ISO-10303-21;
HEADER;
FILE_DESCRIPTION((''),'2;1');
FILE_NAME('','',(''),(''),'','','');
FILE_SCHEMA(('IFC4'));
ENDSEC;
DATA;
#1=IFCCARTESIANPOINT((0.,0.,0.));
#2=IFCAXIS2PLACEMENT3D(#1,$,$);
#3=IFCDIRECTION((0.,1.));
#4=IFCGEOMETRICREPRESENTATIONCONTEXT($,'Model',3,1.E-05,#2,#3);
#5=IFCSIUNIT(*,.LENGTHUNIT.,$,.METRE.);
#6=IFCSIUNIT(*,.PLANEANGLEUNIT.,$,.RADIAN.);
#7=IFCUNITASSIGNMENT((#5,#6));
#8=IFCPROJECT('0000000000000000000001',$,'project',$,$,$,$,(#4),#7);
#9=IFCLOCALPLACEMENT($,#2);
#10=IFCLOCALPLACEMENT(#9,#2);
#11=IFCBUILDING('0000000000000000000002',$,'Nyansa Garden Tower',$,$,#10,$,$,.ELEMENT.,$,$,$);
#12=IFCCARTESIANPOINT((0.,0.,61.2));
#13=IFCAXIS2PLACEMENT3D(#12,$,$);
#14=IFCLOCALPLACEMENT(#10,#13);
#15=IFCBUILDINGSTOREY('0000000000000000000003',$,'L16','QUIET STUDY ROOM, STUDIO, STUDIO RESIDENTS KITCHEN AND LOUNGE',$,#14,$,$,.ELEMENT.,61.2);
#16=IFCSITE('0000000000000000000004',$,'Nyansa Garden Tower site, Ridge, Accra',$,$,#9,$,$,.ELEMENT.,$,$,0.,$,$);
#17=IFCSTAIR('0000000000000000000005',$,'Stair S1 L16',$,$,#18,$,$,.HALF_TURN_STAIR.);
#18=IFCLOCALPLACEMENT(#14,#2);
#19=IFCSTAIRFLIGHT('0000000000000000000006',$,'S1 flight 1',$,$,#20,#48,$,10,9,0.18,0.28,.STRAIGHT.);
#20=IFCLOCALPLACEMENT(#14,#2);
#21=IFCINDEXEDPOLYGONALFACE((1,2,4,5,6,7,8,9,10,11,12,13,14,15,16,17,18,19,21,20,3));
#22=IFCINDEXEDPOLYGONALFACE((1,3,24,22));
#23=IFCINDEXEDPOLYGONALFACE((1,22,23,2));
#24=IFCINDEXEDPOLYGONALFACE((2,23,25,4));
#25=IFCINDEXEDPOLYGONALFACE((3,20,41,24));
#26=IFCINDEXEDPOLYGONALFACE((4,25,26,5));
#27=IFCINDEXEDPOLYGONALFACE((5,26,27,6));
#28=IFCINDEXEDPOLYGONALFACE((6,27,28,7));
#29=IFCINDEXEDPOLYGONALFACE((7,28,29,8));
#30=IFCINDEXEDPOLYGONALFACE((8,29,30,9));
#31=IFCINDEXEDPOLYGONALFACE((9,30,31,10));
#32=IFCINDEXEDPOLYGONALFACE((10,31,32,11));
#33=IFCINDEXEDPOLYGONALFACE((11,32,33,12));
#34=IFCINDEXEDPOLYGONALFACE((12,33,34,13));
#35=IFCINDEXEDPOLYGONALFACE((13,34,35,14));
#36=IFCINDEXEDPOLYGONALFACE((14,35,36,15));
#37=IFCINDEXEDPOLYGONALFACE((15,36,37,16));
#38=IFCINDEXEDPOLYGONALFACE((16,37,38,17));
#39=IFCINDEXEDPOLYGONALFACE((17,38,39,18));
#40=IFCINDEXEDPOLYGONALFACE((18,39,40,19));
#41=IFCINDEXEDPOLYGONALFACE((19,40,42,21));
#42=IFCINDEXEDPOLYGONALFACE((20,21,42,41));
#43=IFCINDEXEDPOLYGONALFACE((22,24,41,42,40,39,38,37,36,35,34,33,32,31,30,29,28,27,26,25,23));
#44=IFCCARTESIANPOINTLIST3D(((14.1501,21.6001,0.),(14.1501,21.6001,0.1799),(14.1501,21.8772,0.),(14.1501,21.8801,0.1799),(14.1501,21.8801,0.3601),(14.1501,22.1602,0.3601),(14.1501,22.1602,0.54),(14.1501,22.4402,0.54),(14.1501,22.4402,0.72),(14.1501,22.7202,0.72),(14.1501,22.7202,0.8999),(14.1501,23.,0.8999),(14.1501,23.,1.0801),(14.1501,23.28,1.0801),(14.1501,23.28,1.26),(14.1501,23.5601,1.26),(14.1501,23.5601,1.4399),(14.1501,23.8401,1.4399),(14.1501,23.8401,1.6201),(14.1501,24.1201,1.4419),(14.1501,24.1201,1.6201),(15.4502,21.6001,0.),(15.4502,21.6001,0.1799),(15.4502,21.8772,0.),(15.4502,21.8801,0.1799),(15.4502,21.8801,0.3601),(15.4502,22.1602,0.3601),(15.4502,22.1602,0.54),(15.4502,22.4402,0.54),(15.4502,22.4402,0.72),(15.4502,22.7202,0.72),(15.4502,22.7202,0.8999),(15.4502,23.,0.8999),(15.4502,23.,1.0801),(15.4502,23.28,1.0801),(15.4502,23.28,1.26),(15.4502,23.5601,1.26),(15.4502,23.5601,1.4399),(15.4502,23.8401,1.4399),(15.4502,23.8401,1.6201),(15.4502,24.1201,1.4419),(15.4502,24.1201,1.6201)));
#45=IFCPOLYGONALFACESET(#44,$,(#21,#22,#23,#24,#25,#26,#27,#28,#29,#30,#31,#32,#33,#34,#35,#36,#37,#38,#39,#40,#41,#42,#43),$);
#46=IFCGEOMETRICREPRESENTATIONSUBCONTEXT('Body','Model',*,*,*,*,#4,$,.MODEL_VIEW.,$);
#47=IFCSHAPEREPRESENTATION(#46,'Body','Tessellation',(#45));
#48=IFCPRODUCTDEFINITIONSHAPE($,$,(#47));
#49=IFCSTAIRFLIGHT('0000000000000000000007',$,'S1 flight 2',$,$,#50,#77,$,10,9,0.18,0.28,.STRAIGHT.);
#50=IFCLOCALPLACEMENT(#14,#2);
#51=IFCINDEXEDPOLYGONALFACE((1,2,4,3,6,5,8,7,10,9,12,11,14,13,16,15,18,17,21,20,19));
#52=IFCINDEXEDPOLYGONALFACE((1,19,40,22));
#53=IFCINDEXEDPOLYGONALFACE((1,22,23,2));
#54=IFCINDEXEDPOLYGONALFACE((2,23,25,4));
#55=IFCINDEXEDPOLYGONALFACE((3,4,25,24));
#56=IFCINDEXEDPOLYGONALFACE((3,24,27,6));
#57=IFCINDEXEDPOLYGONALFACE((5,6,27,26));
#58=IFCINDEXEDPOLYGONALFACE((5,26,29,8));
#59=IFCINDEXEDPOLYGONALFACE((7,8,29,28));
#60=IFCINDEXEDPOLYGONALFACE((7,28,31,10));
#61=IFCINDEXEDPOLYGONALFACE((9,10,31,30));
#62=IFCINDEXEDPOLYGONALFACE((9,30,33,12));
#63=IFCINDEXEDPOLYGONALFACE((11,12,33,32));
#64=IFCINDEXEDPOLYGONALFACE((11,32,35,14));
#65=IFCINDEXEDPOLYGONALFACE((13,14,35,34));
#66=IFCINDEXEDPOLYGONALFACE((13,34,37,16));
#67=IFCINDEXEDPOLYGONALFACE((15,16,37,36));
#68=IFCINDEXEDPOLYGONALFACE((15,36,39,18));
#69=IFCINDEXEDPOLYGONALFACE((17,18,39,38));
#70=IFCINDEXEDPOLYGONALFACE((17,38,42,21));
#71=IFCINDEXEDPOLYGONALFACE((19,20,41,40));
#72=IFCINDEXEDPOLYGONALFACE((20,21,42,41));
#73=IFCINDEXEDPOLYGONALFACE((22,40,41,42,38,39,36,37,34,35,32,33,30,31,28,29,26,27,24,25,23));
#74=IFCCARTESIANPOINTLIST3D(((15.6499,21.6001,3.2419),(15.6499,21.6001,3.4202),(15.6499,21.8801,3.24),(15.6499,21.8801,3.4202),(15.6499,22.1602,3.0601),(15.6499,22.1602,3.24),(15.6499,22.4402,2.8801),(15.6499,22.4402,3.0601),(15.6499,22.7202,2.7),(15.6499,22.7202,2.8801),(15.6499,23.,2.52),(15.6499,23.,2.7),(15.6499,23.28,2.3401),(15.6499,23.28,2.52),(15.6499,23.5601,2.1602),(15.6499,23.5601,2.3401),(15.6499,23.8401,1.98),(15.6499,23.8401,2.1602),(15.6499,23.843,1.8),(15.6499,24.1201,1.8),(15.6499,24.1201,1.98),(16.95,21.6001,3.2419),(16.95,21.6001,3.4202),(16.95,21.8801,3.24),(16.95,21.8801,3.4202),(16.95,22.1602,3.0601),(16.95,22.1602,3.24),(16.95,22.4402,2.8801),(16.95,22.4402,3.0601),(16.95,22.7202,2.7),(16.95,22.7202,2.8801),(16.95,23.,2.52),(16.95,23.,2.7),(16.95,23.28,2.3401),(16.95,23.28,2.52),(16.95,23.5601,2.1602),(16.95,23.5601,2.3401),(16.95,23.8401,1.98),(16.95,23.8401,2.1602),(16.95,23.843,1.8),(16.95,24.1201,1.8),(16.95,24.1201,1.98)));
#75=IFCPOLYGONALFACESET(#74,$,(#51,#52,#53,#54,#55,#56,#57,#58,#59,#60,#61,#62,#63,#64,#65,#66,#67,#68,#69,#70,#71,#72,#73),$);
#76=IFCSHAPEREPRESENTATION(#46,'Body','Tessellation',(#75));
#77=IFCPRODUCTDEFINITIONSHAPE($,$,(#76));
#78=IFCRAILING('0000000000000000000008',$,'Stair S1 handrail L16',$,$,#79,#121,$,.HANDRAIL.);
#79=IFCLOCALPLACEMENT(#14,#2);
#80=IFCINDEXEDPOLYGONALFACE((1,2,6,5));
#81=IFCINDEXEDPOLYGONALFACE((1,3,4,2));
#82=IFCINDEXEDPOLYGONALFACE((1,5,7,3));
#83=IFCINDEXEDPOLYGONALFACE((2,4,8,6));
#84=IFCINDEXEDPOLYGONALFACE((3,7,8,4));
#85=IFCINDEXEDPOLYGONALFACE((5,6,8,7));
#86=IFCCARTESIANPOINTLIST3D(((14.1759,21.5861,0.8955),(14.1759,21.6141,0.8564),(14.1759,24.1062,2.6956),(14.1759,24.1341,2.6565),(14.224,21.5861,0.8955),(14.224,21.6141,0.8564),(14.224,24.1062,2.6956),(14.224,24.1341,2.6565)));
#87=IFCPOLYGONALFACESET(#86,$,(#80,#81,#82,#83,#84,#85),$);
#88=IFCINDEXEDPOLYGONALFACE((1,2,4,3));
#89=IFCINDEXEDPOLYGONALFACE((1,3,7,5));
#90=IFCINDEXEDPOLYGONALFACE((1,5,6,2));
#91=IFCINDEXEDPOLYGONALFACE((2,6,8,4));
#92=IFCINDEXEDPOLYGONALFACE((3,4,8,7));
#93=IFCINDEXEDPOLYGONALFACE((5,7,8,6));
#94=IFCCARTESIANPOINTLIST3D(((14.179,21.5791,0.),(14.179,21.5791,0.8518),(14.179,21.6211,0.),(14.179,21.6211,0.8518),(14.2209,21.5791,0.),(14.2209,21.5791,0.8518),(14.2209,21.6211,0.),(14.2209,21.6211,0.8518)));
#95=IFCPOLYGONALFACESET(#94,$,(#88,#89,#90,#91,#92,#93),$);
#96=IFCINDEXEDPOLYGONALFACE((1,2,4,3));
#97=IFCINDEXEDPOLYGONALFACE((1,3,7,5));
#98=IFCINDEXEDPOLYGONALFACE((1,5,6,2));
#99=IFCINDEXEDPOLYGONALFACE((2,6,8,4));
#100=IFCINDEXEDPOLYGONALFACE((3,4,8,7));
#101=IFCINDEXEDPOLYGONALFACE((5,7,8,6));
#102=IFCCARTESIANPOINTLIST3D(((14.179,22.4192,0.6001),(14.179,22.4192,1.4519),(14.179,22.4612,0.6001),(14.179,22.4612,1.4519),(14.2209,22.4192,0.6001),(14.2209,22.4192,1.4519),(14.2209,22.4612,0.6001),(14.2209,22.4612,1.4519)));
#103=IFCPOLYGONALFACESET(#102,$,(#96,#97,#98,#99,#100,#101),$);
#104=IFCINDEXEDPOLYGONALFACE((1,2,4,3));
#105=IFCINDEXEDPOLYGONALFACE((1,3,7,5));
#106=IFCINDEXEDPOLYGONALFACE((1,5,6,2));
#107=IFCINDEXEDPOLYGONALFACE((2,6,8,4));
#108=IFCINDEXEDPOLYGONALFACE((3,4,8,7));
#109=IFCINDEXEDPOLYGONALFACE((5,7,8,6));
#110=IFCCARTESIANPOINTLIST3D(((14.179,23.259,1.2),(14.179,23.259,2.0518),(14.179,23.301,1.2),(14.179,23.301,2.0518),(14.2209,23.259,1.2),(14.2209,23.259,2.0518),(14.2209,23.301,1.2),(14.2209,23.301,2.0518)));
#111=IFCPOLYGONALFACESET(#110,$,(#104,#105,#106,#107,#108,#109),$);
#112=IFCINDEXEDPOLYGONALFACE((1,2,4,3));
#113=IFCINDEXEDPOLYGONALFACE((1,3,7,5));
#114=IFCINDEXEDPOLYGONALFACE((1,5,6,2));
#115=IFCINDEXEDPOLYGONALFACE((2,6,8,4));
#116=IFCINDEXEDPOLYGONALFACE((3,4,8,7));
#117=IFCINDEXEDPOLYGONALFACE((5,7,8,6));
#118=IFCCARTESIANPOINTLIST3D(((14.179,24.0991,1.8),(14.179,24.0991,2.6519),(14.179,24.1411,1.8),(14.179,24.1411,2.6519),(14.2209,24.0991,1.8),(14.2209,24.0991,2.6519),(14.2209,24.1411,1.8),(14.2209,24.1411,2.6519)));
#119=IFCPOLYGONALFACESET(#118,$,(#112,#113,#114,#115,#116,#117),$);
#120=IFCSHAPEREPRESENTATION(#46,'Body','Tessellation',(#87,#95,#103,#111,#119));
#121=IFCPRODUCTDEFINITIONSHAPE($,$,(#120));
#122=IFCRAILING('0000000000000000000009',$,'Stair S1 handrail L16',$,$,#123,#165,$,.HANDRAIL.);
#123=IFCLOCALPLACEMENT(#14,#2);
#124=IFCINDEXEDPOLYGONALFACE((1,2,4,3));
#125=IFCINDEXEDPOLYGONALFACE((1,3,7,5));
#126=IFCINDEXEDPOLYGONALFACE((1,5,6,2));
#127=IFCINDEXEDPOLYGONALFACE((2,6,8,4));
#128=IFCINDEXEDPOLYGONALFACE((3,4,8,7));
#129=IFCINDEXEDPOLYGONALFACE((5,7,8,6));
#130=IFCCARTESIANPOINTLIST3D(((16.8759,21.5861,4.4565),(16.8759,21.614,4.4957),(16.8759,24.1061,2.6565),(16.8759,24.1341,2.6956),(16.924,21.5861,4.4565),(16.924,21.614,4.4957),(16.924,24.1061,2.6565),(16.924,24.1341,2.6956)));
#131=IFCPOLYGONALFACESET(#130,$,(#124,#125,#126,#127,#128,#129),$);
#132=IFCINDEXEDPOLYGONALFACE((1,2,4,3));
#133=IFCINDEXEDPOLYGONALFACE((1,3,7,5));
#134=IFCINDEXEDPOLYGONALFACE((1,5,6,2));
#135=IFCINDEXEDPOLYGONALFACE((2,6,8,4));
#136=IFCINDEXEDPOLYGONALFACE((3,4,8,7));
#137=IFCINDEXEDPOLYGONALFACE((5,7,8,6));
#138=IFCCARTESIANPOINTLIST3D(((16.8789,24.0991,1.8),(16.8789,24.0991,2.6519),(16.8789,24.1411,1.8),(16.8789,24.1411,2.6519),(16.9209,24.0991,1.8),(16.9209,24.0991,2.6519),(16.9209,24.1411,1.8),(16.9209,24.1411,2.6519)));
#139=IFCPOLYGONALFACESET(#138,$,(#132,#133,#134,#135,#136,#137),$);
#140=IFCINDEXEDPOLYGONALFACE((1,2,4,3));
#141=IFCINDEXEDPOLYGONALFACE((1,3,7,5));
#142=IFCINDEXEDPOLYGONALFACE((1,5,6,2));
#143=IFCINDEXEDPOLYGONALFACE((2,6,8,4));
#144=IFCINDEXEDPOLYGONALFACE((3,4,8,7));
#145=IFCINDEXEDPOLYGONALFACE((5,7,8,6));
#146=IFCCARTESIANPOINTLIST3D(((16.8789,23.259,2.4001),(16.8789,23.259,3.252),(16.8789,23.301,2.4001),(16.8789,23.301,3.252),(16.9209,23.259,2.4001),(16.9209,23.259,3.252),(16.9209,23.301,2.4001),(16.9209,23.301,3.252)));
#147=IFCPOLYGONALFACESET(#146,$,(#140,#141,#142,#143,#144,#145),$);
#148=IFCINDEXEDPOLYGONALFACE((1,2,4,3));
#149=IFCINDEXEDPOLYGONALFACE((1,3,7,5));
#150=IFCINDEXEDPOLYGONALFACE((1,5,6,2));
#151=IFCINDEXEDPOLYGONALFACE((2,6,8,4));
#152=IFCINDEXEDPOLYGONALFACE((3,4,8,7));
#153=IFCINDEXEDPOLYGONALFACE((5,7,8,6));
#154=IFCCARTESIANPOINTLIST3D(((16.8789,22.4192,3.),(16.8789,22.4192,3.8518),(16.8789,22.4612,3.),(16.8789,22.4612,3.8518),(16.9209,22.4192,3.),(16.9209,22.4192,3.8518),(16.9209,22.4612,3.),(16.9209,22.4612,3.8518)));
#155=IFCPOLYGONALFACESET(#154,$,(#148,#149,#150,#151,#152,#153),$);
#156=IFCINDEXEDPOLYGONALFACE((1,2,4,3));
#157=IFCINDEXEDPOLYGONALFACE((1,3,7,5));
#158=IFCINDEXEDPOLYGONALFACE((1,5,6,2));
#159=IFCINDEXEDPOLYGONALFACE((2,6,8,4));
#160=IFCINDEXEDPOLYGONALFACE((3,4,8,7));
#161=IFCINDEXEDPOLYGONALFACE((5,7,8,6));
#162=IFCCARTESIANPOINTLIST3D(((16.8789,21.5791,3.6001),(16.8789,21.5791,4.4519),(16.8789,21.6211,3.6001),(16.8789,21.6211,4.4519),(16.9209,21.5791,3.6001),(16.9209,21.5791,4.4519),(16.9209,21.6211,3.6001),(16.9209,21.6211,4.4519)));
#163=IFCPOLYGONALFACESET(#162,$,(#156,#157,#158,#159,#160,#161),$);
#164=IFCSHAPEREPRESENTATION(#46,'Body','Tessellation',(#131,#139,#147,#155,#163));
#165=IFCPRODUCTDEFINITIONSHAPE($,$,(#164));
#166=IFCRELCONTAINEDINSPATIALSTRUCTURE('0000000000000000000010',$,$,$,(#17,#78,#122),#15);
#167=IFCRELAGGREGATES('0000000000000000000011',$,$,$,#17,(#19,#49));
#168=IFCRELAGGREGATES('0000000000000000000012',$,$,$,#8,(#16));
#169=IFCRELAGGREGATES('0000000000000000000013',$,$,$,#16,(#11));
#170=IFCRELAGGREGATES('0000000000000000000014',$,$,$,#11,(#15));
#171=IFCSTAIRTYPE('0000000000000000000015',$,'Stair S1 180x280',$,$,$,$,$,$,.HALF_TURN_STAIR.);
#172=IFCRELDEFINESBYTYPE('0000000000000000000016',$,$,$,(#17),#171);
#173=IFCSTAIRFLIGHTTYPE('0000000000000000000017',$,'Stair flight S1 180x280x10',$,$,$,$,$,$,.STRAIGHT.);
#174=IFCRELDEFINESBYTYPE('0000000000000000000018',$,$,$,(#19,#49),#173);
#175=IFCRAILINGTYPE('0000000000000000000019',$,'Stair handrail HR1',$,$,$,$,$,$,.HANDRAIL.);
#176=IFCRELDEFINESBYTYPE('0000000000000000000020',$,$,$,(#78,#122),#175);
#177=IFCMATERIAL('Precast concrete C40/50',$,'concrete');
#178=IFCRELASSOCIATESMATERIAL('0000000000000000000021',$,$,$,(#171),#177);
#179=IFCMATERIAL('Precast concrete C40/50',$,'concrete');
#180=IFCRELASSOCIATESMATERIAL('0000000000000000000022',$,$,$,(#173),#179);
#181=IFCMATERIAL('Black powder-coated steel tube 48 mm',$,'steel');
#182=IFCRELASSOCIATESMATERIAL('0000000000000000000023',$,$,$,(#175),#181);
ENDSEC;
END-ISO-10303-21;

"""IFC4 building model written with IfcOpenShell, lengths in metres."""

from ifc_helpers import new_model, si_unit, direction, frame, origin, origin_2d, place, context, subcontext, project, spatial, polyline, rectangle, outline, extrude, material, type_object, element, aggregate, save


model = new_model("IFC4")

# Units and contexts
model_context = context("Model", 3, precision=1e-05, world=origin(), true_north=direction((0.0, 1.0)))
body_context = subcontext(model_context, "Body", "Model", "MODEL_VIEW")
ifc_project = project(units=[si_unit("LENGTHUNIT", "METRE"), si_unit("PLANEANGLEUNIT", "RADIAN")], contexts=[model_context])

# Site, building, storey
site_placement = place(None, origin())
site = spatial("IfcSite", under=ifc_project, at=site_placement, Name="Nyansa Garden Tower site, Ridge, Accra", CompositionType="ELEMENT", RefElevation=0.0)
building_placement = place(site_placement, origin())
building = spatial("IfcBuilding", under=site, at=building_placement, Name="Nyansa Garden Tower", CompositionType="ELEMENT")
storey_placement = place(building_placement, frame((0.0, 0.0, 61.2)))
storey = spatial("IfcBuildingStorey", under=building, at=storey_placement, Name="L16", Description="QUIET STUDY ROOM, STUDIO, STUDIO RESIDENTS KITCHEN AND LOUNGE", CompositionType="ELEMENT", Elevation=61.2)

# Stair, stair flights
ifc_material_1 = material(Name="Precast concrete C40/50", Category="concrete")
stair_type = type_object("IfcStairType", Name="Stair S1 180x280", PredefinedType="HALF_TURN_STAIR", material=ifc_material_1)
stair_placement = place(storey_placement, origin())
stair = element("IfcStair", 1, at=stair_placement, inside=storey, type_object=stair_type, Name="Stair S1 L16", PredefinedType="HALF_TURN_STAIR")
ifc_material_2 = material(Name="Precast concrete C40/50", Category="concrete")
stair_flight_type = type_object("IfcStairFlightType", Name="Stair flight S1 180x280x10", PredefinedType="STRAIGHT", material=ifc_material_2)
stair_flight_1_placement = place(storey_placement, frame((14.8, 21.6001, 0.0), z_axis=(0.0, 0.0, 1.0), x_axis=(0.0, 1.0, 0.0)))
stair_flight_1 = element("IfcStairFlight", 2, at=stair_flight_1_placement, type_object=stair_flight_type, Name="S1 flight 1", NumberOfRisers=10, NumberOfTreads=9, PredefinedType="STRAIGHT", RiserHeight=0.18, TreadLength=0.28, context=body_context, shape_type="SweptSolid", body=[
    extrude(outline(polyline([(0.0, 0.0), (0.0, 0.1799), (0.28, 0.1799), (0.28, 0.3601), (0.5601, 0.3601), (0.5601, 0.54), (0.8401, 0.54), (0.8401, 0.72), (1.1201, 0.72), (1.1201, 0.8999), (1.3999, 0.8999), (1.3999, 1.0801), (1.6799, 1.0801), (1.6799, 1.26), (1.96, 1.26), (1.96, 1.4399), (2.24, 1.4399), (2.24, 1.6201), (2.52, 1.6201), (2.52, 1.8), (2.52, 1.4419), (0.2771, 0.0), (0.0, 0.0)])), frame((0.0, 0.6499, 0.0), z_axis=(0.0, -1.0, 0.0), x_axis=(1.0, 0.0, 0.0)), (0.0, 0.0, 1.0), 1.3),
])
stair_flight_2_placement = place(storey_placement, frame((16.3, 24.1201, 1.8), z_axis=(0.0, 0.0, 1.0), x_axis=(0.0, -1.0, 0.0)))
stair_flight_2 = element("IfcStairFlight", 3, at=stair_flight_2_placement, type_object=stair_flight_type, Name="S1 flight 2", NumberOfRisers=10, NumberOfTreads=9, PredefinedType="STRAIGHT", RiserHeight=0.18, TreadLength=0.28, context=body_context, shape_type="SweptSolid", body=[
    extrude(outline(polyline([(0.0, 0.0), (0.0, 0.1799), (0.28, 0.1799), (0.28, 0.3601), (0.5601, 0.3601), (0.5601, 0.54), (0.8401, 0.54), (0.8401, 0.72), (1.1201, 0.72), (1.1201, 0.8999), (1.3999, 0.8999), (1.3999, 1.0801), (1.6799, 1.0801), (1.6799, 1.26), (1.96, 1.26), (1.96, 1.4399), (2.24, 1.4399), (2.24, 1.6201), (2.52, 1.6201), (2.52, 1.8), (2.52, 1.4419), (0.2771, 0.0), (0.0, 0.0)])), frame((0.0, 0.6499, 0.0), z_axis=(0.0, -1.0, 0.0), x_axis=(1.0, 0.0, 0.0)), (0.0, 0.0, 1.0), 1.3),
])
aggregate(stair, [stair_flight_1, stair_flight_2])

# Railings
ifc_material_3 = material(Name="Black powder-coated steel tube 48 mm", Category="steel")
railing_type = type_object("IfcRailingType", Name="Stair handrail HR1", PredefinedType="HANDRAIL", material=ifc_material_3)
railing_1_placement = place(storey_placement, frame((14.2, 21.6001, 0.0)))
element("IfcRailing", 4, at=railing_1_placement, inside=storey, type_object=railing_type, Name="Stair S1 handrail L16", PredefinedType="HANDRAIL", context=body_context, shape_type="SweptSolid", body=[
    extrude(rectangle(XDim=0.0481, YDim=0.0481, at=origin_2d()), frame((0.0, 0.0, 0.876), z_axis=(0.0, 0.813728, 0.581246), x_axis=(-1.0, 0.0, 0.0)), (0.0, 0.0, 1.0), 3.0969),
    extrude(rectangle(XDim=0.042, YDim=0.042, at=origin_2d()), origin(), (0.0, 0.0, 1.0), 0.8518),
    extrude(rectangle(XDim=0.042, YDim=0.042, at=origin_2d()), frame((0.0, 0.8401, 0.6001)), (0.0, 0.0, 1.0), 0.8518),
    extrude(rectangle(XDim=0.042, YDim=0.042, at=origin_2d()), frame((0.0, 1.6799, 1.2)), (0.0, 0.0, 1.0), 0.8518),
    extrude(rectangle(XDim=0.042, YDim=0.042, at=origin_2d()), frame((0.0, 2.52, 1.8)), (0.0, 0.0, 1.0), 0.8518),
])
railing_2_placement = place(storey_placement, frame((16.8999, 24.1201, 1.8)))
element("IfcRailing", 5, at=railing_2_placement, inside=storey, type_object=railing_type, Name="Stair S1 handrail L16", PredefinedType="HANDRAIL", context=body_context, shape_type="SweptSolid", body=[
    extrude(rectangle(XDim=0.0481, YDim=0.0481, at=origin_2d()), frame((0.0, 0.0, 0.876), z_axis=(0.0, -0.813728, 0.581246), x_axis=(1.0, 0.0, 0.0)), (0.0, 0.0, 1.0), 3.0969),
    extrude(rectangle(XDim=0.042, YDim=0.042, at=origin_2d()), origin(), (0.0, 0.0, 1.0), 0.8518),
    extrude(rectangle(XDim=0.042, YDim=0.042, at=origin_2d()), frame((0.0, -0.8401, 0.6001)), (0.0, 0.0, 1.0), 0.8518),
    extrude(rectangle(XDim=0.042, YDim=0.042, at=origin_2d()), frame((0.0, -1.6799, 1.2)), (0.0, 0.0, 1.0), 0.8518),
    extrude(rectangle(XDim=0.042, YDim=0.042, at=origin_2d()), frame((0.0, -2.52, 1.8)), (0.0, 0.0, 1.0), 0.8518),
])

save(model, "model.ifc")
